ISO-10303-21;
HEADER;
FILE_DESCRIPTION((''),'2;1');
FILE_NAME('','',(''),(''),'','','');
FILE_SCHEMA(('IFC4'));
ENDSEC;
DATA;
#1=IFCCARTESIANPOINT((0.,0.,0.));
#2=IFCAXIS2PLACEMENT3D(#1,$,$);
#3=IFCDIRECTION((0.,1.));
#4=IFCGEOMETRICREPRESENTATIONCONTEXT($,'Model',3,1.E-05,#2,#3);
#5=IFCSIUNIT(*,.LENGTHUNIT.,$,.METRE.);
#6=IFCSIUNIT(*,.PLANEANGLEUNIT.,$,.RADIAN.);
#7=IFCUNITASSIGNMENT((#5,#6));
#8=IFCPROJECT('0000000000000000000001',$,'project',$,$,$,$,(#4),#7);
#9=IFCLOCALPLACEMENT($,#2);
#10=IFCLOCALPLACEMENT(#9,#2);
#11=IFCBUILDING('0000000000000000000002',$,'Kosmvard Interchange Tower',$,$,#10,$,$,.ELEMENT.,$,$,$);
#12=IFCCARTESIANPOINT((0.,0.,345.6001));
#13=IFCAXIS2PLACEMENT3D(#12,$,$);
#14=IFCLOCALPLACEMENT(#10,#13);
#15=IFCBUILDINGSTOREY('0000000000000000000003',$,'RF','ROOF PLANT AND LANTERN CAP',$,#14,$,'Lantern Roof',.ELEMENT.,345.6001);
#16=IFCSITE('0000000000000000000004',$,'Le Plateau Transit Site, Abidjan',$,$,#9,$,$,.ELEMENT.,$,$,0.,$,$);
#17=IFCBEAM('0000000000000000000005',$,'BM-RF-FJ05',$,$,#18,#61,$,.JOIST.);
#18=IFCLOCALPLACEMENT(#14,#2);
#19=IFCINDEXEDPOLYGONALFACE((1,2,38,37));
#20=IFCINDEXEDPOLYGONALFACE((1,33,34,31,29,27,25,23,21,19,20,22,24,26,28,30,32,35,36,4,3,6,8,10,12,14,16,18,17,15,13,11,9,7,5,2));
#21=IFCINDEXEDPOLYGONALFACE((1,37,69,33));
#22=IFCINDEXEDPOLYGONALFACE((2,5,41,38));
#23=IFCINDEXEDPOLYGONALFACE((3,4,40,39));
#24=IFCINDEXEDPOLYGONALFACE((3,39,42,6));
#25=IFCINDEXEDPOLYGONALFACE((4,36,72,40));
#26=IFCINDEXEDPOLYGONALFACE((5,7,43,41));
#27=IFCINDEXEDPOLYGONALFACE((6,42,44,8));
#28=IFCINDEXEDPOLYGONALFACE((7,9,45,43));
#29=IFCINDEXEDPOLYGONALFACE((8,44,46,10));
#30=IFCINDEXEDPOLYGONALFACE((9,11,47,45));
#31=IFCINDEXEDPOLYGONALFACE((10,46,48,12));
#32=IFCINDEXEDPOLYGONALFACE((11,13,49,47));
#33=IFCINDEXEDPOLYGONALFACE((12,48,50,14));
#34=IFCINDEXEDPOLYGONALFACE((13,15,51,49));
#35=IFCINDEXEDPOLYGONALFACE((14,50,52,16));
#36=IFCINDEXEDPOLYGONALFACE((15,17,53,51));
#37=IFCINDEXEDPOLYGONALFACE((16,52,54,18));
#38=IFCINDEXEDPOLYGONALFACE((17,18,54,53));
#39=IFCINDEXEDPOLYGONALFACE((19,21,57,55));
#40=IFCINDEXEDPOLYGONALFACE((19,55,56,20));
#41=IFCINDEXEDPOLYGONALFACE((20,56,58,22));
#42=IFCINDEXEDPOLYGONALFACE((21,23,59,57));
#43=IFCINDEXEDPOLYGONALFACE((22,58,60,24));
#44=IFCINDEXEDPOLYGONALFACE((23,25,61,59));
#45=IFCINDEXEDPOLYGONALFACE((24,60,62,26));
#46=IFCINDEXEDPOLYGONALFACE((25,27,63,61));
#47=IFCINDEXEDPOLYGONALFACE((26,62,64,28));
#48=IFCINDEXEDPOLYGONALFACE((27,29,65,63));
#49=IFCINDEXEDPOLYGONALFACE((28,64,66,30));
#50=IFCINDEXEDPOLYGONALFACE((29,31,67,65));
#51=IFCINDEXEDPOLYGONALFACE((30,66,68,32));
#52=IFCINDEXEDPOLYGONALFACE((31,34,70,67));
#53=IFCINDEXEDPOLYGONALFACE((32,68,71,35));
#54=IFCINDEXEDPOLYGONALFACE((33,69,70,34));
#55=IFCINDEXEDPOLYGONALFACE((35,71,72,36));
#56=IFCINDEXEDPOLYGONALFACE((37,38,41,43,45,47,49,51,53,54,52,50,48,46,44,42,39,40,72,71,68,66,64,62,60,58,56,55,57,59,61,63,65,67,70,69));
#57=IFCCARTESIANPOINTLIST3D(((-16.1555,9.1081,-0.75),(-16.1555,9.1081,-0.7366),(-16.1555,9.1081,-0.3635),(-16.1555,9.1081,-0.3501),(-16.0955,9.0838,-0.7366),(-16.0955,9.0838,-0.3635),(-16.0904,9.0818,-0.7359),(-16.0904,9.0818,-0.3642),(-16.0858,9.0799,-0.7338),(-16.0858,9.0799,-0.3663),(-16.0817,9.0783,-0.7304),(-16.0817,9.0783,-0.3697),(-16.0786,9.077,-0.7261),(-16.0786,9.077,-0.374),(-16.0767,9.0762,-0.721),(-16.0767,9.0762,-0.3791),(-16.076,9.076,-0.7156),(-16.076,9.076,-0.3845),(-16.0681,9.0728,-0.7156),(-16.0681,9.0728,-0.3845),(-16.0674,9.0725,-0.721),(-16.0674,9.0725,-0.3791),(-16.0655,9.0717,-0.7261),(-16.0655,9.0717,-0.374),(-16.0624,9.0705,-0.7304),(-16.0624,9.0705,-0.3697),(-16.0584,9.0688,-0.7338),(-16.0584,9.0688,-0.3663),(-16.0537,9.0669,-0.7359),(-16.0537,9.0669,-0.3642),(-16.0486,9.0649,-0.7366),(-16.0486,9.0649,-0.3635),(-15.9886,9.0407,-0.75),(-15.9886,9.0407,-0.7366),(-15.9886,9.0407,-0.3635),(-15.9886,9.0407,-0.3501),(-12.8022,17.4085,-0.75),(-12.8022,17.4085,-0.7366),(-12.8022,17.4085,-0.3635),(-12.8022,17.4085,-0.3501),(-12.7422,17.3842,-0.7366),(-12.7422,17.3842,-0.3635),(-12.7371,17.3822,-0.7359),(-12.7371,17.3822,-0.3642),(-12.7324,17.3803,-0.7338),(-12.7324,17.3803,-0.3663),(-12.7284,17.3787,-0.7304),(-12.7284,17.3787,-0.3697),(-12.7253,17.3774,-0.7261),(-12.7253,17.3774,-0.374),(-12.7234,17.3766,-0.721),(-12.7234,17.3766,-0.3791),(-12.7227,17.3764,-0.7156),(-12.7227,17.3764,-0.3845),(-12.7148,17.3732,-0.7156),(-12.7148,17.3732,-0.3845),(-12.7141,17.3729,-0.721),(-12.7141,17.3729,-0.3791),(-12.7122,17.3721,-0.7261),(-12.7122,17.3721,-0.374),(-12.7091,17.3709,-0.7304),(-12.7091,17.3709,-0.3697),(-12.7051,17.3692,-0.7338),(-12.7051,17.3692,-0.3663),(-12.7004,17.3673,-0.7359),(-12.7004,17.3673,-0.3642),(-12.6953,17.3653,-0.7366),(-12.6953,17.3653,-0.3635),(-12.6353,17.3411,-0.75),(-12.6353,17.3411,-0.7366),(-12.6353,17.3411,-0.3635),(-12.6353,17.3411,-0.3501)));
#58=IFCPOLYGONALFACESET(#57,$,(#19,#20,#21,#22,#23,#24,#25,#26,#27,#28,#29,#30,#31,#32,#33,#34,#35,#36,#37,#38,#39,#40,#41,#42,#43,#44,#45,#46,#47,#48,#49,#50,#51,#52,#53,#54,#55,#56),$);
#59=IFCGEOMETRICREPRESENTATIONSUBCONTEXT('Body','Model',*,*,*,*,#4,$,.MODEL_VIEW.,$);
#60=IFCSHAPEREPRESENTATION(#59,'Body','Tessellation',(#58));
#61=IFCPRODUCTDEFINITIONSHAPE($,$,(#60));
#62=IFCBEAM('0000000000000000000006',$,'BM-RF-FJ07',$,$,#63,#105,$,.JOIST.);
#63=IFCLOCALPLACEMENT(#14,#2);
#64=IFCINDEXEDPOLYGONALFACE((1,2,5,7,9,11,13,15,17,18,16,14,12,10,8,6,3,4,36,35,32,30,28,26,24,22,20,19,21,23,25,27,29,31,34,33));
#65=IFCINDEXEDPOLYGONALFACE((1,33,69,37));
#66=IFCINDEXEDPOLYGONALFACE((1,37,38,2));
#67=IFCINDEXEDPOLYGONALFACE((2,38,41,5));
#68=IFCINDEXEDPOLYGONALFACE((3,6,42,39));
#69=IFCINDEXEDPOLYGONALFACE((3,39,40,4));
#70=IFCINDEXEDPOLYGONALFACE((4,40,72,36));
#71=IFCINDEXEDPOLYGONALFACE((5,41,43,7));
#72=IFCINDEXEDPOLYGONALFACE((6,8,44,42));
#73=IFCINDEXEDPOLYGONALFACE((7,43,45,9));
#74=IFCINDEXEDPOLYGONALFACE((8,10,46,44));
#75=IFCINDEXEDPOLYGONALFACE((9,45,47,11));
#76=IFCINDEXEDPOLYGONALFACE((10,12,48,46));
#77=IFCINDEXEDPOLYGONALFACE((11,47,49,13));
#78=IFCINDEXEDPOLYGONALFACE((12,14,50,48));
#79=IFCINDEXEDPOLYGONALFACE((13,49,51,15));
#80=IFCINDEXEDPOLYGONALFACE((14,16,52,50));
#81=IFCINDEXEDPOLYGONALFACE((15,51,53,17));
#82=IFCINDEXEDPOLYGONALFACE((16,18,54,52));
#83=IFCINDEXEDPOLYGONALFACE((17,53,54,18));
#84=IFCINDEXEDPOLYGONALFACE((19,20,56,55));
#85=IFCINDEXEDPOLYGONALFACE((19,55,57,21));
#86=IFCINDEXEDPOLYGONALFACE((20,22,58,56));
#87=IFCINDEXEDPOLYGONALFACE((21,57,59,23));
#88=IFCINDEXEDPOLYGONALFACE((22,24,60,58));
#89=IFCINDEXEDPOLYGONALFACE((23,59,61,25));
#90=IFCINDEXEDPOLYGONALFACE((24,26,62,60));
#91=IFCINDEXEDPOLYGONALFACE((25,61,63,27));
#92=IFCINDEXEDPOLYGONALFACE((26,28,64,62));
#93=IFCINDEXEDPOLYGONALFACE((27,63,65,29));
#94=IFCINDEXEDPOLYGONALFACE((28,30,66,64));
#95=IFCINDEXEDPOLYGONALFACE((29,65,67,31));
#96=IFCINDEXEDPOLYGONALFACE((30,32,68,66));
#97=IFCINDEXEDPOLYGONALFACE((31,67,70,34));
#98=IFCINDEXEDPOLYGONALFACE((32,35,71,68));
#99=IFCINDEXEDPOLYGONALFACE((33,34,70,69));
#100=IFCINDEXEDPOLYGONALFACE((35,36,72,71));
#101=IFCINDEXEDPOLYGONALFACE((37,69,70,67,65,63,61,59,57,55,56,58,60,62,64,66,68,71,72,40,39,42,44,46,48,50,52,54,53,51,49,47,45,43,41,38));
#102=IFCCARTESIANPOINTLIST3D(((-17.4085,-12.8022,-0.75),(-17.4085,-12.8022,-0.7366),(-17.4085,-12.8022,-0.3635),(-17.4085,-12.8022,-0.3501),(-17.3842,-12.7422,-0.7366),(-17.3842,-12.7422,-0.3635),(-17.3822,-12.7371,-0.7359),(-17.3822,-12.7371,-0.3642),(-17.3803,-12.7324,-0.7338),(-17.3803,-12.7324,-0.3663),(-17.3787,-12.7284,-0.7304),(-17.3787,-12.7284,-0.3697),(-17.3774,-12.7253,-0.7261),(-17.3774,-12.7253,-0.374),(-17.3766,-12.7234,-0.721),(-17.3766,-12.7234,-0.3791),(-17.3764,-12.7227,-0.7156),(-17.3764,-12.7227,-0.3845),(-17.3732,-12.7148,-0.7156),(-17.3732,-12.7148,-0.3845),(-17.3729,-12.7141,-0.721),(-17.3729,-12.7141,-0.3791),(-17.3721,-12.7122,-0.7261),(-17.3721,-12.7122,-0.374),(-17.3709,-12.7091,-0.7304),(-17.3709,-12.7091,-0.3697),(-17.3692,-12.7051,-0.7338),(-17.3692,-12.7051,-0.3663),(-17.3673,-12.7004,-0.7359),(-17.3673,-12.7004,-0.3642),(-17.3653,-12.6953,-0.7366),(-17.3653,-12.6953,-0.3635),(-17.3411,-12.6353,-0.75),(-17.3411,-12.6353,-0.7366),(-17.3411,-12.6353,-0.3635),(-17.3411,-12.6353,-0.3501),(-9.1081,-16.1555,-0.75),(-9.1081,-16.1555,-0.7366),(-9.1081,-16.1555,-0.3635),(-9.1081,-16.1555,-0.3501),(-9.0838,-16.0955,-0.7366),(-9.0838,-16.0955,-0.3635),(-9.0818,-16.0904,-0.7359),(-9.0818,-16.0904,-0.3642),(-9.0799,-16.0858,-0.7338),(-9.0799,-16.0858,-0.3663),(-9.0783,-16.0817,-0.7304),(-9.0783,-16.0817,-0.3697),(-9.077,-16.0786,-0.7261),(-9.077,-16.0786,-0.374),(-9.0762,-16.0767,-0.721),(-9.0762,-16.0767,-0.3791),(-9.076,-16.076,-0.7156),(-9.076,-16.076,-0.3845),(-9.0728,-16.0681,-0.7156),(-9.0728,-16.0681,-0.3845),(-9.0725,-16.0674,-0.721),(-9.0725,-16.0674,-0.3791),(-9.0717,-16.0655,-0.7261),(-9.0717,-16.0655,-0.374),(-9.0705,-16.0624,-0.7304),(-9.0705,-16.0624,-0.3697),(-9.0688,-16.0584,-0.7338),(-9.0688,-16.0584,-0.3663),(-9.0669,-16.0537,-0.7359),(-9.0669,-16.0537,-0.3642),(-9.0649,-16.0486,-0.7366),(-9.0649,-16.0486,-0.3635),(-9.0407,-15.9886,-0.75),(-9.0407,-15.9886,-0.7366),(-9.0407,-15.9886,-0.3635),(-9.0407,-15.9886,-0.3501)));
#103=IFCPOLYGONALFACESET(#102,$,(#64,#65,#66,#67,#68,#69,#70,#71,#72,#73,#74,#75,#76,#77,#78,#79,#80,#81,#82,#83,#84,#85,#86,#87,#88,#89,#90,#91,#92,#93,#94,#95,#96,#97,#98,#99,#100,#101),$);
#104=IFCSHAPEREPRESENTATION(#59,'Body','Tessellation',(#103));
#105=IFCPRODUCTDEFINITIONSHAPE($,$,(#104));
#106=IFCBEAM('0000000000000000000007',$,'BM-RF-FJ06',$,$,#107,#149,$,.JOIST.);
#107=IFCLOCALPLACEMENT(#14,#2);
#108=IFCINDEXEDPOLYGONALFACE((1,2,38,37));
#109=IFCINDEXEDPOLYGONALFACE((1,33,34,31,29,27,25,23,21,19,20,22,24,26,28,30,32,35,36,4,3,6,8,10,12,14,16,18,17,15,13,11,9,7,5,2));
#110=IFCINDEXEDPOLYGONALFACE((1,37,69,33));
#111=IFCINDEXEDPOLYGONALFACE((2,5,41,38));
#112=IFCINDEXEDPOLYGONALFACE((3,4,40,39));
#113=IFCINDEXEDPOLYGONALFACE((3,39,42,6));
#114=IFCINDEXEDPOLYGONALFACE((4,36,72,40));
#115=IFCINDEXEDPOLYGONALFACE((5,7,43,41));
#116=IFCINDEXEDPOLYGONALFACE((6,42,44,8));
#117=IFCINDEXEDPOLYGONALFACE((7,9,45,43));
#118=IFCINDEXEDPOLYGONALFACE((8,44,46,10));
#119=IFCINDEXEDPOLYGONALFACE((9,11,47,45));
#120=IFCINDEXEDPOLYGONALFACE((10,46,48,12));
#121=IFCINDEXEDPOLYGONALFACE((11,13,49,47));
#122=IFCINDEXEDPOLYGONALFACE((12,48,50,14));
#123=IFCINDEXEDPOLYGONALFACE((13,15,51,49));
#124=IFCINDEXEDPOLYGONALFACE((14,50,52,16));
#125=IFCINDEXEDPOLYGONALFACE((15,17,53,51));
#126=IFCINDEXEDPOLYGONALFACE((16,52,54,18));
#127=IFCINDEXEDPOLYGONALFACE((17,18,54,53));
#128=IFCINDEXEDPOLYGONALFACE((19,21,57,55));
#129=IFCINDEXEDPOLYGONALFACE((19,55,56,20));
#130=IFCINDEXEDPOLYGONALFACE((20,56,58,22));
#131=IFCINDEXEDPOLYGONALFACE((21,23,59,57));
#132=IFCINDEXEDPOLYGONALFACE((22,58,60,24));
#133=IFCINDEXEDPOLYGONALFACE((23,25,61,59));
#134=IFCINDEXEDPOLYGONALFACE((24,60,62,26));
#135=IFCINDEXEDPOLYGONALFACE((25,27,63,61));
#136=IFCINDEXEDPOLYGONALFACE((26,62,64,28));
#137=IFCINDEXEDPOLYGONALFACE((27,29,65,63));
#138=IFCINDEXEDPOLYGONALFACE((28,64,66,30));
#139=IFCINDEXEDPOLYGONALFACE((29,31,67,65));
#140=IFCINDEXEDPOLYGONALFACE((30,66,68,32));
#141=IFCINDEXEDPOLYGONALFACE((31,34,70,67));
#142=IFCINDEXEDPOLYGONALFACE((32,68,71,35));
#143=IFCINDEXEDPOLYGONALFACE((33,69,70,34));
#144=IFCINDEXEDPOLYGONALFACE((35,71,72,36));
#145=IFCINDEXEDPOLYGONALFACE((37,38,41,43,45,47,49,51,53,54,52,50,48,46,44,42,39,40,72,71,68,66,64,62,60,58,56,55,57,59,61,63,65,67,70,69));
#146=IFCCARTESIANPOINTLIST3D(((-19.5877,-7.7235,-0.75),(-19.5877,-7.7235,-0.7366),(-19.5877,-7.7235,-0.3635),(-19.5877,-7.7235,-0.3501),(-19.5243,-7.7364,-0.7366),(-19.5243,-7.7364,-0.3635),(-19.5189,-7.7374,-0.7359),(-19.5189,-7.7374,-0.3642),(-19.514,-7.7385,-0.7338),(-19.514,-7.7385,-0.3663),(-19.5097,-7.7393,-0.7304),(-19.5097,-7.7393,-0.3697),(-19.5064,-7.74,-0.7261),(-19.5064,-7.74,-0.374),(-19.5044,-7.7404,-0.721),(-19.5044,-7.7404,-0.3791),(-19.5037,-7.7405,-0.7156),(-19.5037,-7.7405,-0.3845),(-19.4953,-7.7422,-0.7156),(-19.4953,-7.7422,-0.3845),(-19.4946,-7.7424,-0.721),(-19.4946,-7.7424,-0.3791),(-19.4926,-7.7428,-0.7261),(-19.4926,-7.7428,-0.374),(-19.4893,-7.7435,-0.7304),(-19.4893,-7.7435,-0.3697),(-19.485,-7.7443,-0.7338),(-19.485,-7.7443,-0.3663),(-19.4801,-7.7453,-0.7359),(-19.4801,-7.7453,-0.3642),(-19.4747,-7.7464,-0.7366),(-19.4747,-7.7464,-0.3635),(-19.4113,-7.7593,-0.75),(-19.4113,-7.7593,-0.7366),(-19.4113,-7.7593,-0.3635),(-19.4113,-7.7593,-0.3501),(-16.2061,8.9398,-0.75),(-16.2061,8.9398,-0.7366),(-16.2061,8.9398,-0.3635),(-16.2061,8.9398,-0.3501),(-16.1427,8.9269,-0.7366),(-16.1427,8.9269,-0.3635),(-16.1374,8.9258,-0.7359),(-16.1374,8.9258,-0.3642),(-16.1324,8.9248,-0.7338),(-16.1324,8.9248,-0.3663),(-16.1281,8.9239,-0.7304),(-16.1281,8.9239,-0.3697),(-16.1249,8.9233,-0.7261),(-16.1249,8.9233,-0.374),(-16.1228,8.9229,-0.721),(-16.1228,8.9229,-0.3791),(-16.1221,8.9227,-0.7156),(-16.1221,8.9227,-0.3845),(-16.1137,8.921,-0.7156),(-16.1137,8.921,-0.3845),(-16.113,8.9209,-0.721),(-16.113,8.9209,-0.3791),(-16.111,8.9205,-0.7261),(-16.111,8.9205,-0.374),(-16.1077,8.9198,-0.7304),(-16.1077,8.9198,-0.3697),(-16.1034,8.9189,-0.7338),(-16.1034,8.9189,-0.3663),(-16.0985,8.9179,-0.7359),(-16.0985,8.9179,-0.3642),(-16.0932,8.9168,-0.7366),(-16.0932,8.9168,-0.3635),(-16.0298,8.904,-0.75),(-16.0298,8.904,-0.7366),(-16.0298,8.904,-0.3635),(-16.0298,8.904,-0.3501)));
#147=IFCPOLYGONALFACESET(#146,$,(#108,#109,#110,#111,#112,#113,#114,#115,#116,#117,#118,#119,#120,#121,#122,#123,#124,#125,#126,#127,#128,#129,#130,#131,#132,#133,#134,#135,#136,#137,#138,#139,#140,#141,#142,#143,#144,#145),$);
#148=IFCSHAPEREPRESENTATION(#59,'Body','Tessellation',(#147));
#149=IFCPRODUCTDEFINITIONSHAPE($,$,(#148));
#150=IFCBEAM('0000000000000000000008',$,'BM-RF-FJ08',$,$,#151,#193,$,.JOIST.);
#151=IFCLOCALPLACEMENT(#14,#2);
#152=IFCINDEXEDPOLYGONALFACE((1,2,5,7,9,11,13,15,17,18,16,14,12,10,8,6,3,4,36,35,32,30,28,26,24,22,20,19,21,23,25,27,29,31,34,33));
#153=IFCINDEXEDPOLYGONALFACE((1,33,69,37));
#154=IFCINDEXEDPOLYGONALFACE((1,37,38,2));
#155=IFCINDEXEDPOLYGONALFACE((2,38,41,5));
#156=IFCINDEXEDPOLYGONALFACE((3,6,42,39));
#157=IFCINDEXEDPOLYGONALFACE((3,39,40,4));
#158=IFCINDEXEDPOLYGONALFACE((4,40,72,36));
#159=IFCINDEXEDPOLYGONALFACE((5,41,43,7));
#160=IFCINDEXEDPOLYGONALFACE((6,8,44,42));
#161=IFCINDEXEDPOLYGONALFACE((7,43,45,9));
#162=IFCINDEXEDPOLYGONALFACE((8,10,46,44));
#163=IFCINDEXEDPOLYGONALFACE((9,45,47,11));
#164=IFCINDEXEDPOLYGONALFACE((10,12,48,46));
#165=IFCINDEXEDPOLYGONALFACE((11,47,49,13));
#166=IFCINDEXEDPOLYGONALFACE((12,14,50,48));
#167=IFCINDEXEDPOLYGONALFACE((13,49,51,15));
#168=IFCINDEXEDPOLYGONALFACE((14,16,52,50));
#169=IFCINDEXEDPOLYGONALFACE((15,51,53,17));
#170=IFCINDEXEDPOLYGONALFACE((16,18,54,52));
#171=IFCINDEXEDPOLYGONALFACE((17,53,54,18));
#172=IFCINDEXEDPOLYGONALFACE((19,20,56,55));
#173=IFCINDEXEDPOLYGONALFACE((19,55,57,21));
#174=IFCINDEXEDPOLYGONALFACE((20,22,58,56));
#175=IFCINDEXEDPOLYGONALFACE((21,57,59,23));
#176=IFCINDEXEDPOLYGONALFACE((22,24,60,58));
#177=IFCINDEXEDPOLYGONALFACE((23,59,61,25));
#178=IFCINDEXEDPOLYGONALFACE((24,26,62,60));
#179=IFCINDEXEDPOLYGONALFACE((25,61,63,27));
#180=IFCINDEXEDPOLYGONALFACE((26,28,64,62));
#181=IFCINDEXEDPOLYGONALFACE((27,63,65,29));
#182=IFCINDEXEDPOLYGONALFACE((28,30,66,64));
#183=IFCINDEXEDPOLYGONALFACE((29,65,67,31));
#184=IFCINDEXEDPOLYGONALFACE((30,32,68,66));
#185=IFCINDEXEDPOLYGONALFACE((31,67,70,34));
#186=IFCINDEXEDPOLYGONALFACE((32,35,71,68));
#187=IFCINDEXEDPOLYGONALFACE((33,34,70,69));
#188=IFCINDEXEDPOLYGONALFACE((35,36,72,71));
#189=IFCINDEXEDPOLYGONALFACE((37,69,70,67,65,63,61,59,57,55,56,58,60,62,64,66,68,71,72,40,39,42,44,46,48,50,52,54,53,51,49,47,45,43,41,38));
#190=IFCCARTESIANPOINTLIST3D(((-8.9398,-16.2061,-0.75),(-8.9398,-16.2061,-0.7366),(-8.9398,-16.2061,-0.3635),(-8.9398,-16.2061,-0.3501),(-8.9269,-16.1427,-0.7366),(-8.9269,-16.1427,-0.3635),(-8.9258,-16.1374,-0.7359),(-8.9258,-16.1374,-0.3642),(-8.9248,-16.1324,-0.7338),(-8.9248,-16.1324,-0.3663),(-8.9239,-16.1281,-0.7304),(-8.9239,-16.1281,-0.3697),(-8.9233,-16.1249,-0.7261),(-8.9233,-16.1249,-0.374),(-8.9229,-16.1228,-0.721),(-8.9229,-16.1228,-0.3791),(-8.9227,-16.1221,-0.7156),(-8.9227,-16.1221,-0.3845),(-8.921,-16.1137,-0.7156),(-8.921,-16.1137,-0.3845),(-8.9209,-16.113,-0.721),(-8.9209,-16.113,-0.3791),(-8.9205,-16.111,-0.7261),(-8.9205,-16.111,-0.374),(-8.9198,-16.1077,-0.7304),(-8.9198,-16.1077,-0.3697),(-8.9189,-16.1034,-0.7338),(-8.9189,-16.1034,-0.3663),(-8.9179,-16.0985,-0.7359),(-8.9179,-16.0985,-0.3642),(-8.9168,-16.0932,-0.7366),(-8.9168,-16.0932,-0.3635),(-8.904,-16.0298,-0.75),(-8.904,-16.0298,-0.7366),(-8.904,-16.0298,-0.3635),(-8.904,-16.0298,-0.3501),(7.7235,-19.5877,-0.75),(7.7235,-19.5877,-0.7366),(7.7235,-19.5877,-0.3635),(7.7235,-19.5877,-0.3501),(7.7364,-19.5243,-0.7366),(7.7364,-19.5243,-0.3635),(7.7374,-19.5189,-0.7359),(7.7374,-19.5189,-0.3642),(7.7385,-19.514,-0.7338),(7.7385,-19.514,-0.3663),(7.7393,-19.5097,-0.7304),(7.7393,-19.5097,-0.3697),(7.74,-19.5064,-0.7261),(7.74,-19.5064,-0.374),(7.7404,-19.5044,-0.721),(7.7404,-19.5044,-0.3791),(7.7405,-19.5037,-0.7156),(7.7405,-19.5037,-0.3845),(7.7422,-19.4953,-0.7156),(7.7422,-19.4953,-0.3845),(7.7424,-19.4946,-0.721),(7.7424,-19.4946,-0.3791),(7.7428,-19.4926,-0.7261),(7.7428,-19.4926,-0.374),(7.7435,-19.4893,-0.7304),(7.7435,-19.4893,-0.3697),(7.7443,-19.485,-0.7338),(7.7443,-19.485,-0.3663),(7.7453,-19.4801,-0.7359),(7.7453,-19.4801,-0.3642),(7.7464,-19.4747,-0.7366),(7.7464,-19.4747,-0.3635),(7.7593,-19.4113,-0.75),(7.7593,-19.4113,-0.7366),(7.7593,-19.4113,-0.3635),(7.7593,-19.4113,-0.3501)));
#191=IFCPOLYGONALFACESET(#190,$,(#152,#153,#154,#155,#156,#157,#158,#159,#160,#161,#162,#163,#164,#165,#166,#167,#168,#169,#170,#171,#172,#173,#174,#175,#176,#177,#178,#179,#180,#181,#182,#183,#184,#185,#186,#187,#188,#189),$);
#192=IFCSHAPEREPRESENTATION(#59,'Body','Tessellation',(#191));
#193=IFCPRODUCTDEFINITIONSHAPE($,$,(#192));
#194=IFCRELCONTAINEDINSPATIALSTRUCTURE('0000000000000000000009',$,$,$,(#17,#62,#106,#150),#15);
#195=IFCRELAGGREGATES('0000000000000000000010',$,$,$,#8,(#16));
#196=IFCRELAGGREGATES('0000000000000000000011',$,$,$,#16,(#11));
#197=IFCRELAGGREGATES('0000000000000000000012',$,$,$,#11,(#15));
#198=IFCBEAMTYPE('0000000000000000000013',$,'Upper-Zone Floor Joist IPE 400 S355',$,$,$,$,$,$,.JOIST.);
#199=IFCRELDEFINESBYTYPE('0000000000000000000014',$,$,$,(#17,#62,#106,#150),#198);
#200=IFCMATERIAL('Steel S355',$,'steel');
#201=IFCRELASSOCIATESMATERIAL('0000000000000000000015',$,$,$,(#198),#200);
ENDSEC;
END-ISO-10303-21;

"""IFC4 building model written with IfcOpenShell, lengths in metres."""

from ifc_helpers import new_model, si_unit, direction, frame, origin, origin_2d, place, context, subcontext, project, spatial, i_section, extrude, source, transform, mapped, material, material_profile, profile_set, type_object, element, save


model = new_model("IFC4")

# Units and contexts
model_context = context("Model", 3, precision=1e-05, world=origin(), true_north=direction((0.0, 1.0)))
body_context = subcontext(model_context, "Body", "Model", "MODEL_VIEW")
ifc_project = project(units=[si_unit("LENGTHUNIT", "METRE"), si_unit("PLANEANGLEUNIT", "RADIAN")], contexts=[model_context])

# Site, building, storey
site_placement = place(None, origin())
site = spatial("IfcSite", under=ifc_project, at=site_placement, Name="Le Plateau Transit Site, Abidjan", CompositionType="ELEMENT", RefElevation=0.0)
building_placement = place(site_placement, origin())
building = spatial("IfcBuilding", under=site, at=building_placement, Name="Kosmvard Interchange Tower", CompositionType="ELEMENT")
storey_placement = place(building_placement, frame((0.0, 0.0, 345.6001)))
storey = spatial("IfcBuildingStorey", under=building, at=storey_placement, Name="RF", Description="ROOF PLANT AND LANTERN CAP", LongName="Lantern Roof", CompositionType="ELEMENT", Elevation=345.6001)

# Beams
ifc_material_1 = material(Name="Steel S355", Category="steel")
ifc_material_profile_1 = material_profile(ifc_material_1, i_section(OverallWidth=0.1799, OverallDepth=0.3999, WebThickness=0.0085, FlangeThickness=0.0134, FilletRadius=0.021, at=origin_2d()), Name="IPE 400")
ifc_profile_set_1 = profile_set([ifc_material_profile_1], Name="Steel S355")
beam_type_1 = type_object("IfcBeamType", Name="Upper-Zone Floor Joist IPE 400 S355", PredefinedType="JOIST", material=ifc_profile_set_1)
shared_shape_1 = source(origin(), body_context, "Body", "SweptSolid", [
    extrude(i_section(OverallWidth=0.1799, OverallDepth=0.3999, WebThickness=0.0085, FlangeThickness=0.0134, FilletRadius=0.021, at=origin_2d()), origin(), (0.0, 0.0, 1.0), 8.9521),
])
for number, where, z_axis, x_axis, name in (
    (1, (-12.7188, 17.3748, -0.55), (-0.374581, -0.927194, 0.0), (0.927194, -0.374581, 0.0), "BM-RF-FJ05"),
    (2, (-17.3748, -12.7188, -0.55), (0.927194, -0.374581, 0.0), (0.374581, 0.927194, 0.0), "BM-RF-FJ07"),
):
    element("IfcBeam", number, at=place(storey_placement, frame(where, z_axis=z_axis, x_axis=x_axis)), inside=storey, type_object=beam_type_1, Name=name, PredefinedType="JOIST", context=body_context, shape_type="MappedRepresentation", body=[
        mapped(shared_shape_1, transform((0.0, 0.0, 0.0), scale=1.0)),
    ])
shared_shape_2 = source(origin(), body_context, "Body", "SweptSolid", [
    extrude(i_section(OverallWidth=0.1799, OverallDepth=0.3999, WebThickness=0.0085, FlangeThickness=0.0134, FilletRadius=0.021, at=origin_2d()), origin(), (0.0, 0.0, 1.0), 17.0029),
])
for number, where, z_axis, x_axis, name in (
    (3, (-16.1179, 8.9219, -0.55), (-0.198882, -0.980023, 0.0), (0.980023, -0.198882, 0.0), "BM-RF-FJ06"),
    (4, (-8.9219, -16.1179, -0.55), (0.980023, -0.198882, 0.0), (0.198882, 0.980023, 0.0), "BM-RF-FJ08"),
):
    element("IfcBeam", number, at=place(storey_placement, frame(where, z_axis=z_axis, x_axis=x_axis)), inside=storey, type_object=beam_type_1, Name=name, PredefinedType="JOIST", context=body_context, shape_type="MappedRepresentation", body=[
        mapped(shared_shape_2, transform((0.0, 0.0, 0.0), scale=1.0)),
    ])

save(model, "model.ifc")
